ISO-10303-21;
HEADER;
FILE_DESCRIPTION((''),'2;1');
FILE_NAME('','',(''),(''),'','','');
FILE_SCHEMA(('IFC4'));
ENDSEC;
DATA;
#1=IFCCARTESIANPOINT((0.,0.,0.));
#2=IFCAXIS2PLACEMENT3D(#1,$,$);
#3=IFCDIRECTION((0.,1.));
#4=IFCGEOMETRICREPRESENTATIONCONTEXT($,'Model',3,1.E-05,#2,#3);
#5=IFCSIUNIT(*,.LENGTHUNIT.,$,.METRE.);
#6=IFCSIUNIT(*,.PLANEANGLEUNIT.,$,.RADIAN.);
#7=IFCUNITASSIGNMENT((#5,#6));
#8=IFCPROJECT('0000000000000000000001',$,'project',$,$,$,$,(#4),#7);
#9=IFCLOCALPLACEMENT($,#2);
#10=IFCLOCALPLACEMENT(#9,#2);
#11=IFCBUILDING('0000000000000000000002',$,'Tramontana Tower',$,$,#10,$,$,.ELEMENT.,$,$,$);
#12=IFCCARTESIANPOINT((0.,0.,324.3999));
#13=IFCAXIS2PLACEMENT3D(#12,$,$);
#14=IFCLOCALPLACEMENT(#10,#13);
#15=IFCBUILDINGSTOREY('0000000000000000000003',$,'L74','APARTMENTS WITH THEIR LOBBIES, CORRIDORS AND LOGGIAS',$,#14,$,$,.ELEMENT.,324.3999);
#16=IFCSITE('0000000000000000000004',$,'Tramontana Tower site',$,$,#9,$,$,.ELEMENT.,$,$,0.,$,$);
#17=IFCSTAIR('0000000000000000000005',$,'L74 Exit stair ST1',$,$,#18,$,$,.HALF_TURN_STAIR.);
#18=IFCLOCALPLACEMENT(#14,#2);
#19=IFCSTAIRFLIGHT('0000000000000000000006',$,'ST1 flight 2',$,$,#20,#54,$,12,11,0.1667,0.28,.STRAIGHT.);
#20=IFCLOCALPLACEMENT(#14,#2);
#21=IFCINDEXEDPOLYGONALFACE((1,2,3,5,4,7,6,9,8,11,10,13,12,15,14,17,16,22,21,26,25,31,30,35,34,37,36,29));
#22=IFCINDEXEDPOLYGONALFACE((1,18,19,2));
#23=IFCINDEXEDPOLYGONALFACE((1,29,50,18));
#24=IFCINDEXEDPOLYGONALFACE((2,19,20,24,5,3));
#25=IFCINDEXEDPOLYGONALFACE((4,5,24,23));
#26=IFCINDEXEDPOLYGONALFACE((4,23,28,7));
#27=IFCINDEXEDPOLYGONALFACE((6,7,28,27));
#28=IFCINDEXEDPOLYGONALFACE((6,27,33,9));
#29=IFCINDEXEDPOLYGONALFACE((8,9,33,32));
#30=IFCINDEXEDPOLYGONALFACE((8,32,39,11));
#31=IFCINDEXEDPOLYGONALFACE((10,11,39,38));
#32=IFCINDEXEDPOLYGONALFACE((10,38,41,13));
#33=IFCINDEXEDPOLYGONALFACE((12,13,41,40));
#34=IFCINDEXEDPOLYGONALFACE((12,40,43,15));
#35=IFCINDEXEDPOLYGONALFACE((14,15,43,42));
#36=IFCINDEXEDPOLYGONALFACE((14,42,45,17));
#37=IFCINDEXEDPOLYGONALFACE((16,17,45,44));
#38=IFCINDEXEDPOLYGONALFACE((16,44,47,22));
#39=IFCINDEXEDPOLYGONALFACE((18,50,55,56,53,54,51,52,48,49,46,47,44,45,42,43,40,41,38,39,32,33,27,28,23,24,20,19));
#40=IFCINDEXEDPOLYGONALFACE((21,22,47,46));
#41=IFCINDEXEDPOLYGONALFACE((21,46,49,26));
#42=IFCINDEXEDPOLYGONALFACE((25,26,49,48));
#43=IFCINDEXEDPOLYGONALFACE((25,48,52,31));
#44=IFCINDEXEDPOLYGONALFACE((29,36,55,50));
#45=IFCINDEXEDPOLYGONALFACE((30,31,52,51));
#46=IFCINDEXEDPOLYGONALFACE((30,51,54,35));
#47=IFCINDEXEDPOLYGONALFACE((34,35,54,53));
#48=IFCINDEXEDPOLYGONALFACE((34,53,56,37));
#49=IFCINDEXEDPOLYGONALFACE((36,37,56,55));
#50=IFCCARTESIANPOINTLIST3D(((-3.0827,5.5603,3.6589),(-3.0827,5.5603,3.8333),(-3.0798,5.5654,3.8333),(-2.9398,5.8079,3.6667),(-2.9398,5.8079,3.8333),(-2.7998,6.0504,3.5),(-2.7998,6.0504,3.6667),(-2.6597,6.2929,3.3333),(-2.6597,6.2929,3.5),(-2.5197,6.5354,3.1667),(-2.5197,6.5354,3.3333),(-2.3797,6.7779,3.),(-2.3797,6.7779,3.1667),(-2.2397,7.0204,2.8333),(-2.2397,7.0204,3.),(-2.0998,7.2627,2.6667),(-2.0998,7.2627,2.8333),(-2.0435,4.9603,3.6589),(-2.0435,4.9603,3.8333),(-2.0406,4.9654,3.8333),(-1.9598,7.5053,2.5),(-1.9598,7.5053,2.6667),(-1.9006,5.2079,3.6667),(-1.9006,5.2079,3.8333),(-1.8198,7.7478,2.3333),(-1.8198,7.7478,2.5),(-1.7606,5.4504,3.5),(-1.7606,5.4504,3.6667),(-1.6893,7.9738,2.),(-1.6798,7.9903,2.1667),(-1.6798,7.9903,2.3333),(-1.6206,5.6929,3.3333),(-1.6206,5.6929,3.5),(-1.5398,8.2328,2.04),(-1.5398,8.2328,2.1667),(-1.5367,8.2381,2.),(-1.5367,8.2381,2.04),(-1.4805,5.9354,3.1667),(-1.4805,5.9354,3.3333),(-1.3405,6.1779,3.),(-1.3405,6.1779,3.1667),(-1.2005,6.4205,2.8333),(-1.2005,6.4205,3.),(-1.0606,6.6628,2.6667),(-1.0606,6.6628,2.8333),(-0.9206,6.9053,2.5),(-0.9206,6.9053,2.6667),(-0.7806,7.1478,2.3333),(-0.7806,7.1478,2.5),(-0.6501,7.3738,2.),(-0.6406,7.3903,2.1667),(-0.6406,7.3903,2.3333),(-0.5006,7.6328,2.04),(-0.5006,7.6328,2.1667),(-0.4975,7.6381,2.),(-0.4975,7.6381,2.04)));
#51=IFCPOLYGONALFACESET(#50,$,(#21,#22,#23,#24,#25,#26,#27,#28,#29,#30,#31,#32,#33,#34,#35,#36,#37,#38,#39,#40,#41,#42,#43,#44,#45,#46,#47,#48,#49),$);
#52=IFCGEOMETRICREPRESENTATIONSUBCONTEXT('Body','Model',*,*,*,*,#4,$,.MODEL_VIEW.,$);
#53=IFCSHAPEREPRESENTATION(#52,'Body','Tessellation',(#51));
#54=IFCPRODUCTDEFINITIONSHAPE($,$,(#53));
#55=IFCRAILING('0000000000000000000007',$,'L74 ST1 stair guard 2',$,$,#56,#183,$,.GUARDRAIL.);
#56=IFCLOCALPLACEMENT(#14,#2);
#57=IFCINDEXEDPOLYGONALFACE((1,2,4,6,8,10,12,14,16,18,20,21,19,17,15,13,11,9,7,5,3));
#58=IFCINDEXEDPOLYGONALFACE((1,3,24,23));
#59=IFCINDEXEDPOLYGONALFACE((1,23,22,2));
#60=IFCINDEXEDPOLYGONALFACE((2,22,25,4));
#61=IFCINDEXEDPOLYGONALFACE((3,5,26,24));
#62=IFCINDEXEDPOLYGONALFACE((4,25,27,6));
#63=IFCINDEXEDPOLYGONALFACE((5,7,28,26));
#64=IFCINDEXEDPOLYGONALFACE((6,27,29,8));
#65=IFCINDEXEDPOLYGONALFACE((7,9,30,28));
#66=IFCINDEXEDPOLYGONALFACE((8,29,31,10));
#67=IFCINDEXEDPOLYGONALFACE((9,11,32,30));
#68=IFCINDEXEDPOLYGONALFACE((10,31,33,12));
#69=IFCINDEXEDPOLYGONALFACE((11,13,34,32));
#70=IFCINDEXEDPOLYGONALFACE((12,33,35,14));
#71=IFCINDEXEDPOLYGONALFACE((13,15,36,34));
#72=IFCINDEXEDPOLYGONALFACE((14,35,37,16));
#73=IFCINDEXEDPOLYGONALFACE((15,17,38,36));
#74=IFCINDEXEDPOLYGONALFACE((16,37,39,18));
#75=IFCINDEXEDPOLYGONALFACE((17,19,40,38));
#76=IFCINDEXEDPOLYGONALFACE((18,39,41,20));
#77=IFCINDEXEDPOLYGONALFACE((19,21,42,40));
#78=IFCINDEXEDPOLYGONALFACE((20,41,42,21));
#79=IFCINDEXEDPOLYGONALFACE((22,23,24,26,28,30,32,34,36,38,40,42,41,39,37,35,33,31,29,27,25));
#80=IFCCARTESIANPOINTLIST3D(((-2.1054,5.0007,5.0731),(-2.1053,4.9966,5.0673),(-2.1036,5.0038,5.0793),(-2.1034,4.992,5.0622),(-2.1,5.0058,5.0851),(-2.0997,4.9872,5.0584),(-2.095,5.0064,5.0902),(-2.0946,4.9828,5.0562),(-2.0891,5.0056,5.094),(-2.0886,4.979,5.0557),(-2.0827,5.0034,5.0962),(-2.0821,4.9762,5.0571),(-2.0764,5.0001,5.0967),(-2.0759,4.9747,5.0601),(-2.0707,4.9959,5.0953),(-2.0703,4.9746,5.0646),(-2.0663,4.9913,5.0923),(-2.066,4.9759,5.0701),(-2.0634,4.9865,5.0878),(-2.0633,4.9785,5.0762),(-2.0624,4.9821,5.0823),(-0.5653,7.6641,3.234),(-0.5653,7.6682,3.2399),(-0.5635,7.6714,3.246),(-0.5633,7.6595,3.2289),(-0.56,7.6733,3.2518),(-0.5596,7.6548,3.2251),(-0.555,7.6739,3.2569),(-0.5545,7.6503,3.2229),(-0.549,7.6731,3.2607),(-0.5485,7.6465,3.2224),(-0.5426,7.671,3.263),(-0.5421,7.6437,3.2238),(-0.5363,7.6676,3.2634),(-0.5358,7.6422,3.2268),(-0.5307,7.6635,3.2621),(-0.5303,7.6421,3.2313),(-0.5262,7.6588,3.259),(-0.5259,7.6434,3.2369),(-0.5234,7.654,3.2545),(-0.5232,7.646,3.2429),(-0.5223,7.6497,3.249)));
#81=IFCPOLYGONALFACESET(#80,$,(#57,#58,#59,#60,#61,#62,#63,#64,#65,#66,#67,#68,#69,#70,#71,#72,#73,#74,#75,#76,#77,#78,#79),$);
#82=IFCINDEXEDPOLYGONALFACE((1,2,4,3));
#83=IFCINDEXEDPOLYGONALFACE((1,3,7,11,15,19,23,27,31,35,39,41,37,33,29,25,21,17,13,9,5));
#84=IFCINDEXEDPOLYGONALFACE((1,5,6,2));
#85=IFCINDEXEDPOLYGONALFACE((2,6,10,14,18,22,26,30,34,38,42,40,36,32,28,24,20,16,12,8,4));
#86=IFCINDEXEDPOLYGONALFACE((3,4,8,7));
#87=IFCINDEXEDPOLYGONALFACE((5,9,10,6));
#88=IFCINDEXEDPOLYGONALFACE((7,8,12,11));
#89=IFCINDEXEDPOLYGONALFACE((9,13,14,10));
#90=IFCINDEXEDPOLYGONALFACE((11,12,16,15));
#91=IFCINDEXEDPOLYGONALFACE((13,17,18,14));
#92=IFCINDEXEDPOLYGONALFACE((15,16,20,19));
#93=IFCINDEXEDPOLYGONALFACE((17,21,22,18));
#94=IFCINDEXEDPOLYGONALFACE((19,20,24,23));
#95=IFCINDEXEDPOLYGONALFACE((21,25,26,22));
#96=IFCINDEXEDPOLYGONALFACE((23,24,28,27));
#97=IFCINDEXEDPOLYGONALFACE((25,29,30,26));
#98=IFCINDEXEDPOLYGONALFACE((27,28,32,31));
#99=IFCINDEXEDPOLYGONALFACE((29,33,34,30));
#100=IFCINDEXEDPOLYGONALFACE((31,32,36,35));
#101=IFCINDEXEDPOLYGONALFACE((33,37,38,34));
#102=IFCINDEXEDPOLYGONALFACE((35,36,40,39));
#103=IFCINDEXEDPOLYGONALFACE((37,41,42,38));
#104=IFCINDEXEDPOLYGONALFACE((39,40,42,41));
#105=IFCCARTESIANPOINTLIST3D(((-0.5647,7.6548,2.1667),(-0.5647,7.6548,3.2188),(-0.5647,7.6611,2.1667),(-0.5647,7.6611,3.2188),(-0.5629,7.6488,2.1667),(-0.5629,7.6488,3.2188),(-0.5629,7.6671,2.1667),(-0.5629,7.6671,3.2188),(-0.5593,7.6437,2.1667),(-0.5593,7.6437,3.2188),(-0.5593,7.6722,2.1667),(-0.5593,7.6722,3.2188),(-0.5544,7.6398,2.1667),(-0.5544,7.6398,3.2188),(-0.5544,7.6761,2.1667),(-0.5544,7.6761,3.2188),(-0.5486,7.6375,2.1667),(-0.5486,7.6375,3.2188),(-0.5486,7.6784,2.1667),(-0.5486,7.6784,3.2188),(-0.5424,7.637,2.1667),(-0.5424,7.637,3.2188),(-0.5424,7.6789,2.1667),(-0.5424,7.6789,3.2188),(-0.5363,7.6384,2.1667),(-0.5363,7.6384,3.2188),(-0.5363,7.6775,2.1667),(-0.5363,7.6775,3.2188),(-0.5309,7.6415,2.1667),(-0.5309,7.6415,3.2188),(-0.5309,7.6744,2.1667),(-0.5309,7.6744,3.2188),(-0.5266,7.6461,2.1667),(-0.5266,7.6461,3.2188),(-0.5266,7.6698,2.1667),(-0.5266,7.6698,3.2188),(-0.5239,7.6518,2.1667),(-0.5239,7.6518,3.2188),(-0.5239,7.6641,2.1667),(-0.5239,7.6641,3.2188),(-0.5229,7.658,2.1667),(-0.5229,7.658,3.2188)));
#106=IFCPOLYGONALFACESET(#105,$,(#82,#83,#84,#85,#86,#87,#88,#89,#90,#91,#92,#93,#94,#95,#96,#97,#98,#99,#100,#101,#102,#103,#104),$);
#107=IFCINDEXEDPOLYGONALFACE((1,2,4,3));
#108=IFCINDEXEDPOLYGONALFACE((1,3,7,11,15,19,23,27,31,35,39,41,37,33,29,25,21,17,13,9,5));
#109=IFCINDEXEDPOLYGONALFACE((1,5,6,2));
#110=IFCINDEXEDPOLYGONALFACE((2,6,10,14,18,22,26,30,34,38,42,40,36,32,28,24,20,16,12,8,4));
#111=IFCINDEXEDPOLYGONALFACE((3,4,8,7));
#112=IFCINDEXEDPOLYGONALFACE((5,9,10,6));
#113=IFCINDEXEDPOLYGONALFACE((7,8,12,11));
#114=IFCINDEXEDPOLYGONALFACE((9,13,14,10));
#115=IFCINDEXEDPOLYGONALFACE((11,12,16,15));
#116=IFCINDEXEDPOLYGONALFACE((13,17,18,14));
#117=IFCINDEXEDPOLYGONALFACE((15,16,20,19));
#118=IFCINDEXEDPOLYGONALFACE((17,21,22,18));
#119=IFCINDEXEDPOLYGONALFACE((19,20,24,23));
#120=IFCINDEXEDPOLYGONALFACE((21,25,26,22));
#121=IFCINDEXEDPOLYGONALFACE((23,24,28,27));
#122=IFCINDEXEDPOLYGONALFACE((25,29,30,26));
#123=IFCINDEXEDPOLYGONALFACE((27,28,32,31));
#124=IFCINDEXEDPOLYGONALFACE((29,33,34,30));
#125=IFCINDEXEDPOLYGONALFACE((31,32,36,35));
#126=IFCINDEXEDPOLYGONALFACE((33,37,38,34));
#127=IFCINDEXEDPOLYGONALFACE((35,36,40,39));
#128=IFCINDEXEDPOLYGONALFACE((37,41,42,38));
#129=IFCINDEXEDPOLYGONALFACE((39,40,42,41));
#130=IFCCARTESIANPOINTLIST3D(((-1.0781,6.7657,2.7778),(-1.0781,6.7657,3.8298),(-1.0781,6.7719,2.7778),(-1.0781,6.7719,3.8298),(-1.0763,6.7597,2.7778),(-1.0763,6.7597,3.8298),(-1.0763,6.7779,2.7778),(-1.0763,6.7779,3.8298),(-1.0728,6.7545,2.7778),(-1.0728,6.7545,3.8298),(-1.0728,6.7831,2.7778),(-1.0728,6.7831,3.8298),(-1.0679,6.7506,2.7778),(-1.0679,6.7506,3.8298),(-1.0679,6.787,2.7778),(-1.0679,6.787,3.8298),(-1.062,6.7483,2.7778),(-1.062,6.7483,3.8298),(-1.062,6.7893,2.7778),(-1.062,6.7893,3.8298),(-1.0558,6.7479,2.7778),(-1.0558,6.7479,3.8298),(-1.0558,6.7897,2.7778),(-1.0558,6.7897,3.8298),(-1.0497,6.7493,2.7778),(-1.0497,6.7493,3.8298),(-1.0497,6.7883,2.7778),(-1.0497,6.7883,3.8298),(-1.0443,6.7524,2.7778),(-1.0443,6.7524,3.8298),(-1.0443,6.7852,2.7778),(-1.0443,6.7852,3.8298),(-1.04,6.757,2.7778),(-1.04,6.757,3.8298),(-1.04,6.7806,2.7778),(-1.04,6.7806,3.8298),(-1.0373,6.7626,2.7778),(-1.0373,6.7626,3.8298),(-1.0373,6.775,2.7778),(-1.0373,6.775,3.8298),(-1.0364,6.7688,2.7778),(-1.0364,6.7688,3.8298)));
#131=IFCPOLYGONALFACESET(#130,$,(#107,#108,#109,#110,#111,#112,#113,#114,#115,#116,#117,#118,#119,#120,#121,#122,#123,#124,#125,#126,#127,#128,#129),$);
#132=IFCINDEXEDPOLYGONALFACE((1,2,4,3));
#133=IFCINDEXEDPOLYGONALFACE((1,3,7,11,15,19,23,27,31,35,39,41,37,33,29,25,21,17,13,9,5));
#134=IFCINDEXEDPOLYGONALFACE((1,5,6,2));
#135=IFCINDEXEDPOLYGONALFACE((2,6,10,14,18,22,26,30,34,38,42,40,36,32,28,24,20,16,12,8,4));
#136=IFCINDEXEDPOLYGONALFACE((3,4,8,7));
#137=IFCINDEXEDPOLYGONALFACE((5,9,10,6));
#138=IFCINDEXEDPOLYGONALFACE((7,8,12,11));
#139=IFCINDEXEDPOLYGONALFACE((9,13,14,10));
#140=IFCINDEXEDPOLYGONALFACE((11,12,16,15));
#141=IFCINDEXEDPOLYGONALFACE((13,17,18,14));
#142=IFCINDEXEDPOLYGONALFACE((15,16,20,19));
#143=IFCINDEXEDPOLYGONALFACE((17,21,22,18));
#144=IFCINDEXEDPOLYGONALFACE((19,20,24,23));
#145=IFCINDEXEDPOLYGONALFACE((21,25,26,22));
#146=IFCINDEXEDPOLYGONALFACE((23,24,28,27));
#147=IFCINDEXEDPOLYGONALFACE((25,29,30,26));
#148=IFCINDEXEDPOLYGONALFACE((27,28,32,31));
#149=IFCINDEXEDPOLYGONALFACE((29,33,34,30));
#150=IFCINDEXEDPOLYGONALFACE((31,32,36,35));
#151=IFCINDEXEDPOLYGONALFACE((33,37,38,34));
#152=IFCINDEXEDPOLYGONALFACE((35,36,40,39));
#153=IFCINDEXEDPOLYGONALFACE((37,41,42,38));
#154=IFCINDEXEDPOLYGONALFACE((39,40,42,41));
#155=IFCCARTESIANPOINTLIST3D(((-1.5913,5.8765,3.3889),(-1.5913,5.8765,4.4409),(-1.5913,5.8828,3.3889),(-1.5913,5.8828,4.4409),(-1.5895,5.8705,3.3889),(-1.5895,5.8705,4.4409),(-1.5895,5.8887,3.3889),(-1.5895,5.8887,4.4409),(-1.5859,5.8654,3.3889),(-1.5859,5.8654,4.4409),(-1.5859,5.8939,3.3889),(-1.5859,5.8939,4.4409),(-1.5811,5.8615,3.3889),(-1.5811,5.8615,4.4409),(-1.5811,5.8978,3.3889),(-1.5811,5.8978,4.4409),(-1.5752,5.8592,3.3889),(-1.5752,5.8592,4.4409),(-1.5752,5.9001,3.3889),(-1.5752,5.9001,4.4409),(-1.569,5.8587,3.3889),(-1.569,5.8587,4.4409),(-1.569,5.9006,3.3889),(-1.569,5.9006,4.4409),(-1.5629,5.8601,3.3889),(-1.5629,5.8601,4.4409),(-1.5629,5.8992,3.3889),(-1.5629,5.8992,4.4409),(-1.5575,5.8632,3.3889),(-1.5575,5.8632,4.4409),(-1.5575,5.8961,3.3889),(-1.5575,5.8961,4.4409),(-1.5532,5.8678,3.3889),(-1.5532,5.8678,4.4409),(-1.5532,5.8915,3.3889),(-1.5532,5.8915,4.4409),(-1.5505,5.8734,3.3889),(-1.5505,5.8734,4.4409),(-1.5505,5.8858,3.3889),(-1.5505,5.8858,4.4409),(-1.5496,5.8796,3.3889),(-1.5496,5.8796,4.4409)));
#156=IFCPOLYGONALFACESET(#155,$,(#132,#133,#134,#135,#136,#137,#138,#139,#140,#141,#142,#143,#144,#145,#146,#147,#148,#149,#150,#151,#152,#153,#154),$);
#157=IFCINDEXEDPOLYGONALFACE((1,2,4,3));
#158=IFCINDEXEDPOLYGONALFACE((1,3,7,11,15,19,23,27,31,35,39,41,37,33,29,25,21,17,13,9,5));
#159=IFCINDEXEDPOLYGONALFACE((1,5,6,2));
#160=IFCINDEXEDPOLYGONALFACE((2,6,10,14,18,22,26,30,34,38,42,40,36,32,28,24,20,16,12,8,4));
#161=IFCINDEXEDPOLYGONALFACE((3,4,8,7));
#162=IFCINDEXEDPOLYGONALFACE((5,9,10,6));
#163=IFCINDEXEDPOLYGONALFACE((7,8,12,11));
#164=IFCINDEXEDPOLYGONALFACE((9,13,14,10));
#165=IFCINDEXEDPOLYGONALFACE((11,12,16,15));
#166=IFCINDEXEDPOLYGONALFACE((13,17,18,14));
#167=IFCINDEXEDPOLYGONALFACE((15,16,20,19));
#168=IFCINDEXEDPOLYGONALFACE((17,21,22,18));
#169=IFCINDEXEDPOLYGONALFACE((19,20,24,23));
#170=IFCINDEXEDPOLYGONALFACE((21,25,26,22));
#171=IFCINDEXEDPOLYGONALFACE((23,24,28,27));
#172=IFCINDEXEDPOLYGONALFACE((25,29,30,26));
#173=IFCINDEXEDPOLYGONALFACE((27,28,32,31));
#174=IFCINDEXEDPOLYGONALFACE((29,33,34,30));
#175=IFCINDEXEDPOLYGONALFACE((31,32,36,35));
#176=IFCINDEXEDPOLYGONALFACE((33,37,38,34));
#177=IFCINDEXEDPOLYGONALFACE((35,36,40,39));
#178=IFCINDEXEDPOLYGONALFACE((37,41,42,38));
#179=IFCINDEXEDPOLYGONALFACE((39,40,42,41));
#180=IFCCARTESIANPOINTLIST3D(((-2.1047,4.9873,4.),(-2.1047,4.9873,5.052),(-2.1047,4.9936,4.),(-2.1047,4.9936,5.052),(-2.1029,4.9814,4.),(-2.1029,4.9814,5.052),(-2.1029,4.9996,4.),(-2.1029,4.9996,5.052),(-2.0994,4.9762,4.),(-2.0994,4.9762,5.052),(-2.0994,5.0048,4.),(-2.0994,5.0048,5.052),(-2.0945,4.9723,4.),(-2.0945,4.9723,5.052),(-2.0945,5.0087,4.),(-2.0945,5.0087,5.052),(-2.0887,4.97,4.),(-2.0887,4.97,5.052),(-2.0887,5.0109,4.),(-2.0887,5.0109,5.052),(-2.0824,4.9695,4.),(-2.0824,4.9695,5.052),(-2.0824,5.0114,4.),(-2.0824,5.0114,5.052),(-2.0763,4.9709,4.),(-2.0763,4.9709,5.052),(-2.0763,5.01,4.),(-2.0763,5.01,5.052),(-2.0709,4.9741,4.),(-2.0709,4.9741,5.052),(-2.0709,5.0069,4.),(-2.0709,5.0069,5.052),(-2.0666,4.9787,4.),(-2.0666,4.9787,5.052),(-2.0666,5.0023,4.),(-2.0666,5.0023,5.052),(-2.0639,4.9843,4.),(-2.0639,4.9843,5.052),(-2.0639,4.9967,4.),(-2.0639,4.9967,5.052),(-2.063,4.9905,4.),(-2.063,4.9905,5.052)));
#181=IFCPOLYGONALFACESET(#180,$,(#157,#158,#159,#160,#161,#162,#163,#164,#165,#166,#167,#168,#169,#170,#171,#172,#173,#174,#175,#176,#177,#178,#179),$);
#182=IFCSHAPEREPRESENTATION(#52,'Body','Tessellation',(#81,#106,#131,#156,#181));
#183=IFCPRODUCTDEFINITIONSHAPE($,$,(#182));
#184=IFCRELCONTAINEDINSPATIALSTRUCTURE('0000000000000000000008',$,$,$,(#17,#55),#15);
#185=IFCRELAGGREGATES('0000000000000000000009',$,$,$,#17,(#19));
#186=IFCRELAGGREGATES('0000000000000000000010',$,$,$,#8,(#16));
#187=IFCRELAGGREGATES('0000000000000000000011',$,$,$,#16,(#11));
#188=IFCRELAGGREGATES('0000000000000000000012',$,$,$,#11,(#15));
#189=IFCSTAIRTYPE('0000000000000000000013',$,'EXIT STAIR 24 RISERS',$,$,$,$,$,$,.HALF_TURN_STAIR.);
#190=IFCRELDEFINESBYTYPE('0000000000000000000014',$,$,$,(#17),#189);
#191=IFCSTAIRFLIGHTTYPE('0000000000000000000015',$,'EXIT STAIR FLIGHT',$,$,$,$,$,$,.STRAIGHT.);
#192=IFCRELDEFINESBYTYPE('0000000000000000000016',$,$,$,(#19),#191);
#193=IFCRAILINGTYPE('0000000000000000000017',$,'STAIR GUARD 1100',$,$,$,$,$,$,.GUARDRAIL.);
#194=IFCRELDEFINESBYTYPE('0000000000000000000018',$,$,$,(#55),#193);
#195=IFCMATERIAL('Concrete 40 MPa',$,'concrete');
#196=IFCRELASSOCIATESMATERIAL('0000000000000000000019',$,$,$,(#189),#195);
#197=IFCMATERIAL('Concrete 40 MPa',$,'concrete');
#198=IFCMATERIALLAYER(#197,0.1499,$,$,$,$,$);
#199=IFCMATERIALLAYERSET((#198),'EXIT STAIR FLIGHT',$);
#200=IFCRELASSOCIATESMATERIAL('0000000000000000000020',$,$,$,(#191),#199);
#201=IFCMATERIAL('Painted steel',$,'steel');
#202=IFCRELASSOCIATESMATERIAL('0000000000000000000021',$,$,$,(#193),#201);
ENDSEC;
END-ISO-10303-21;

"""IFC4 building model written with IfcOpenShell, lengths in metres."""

from ifc_helpers import new_model, si_unit, direction, frame, origin, origin_2d, place, context, subcontext, project, spatial, polyline, circle, outline, extrude, material, layer, layer_set, type_object, element, aggregate, save


model = new_model("IFC4")

# Units and contexts
model_context = context("Model", 3, precision=1e-05, world=origin(), true_north=direction((0.0, 1.0)))
body_context = subcontext(model_context, "Body", "Model", "MODEL_VIEW")
ifc_project = project(units=[si_unit("LENGTHUNIT", "METRE"), si_unit("PLANEANGLEUNIT", "RADIAN")], contexts=[model_context])

# Site, building, storey
site_placement = place(None, origin())
site = spatial("IfcSite", under=ifc_project, at=site_placement, Name="Tramontana Tower site", CompositionType="ELEMENT", RefElevation=0.0)
building_placement = place(site_placement, origin())
building = spatial("IfcBuilding", under=site, at=building_placement, Name="Tramontana Tower", CompositionType="ELEMENT")
storey_placement = place(building_placement, frame((0.0, 0.0, 324.3999)))
storey = spatial("IfcBuildingStorey", under=building, at=storey_placement, Name="L74", Description="APARTMENTS WITH THEIR LOBBIES, CORRIDORS AND LOGGIAS", CompositionType="ELEMENT", Elevation=324.3999)

# Stair, stair flight
ifc_material_1 = material(Name="Concrete 40 MPa", Category="concrete")
stair_type = type_object("IfcStairType", Name="EXIT STAIR 24 RISERS", PredefinedType="HALF_TURN_STAIR", material=ifc_material_1)
stair_placement = place(storey_placement, origin())
stair = element("IfcStair", 1, at=stair_placement, inside=storey, type_object=stair_type, Name="L74 Exit stair ST1", PredefinedType="HALF_TURN_STAIR")
ifc_material_2 = material(Name="Concrete 40 MPa", Category="concrete")
ifc_layer_1 = layer(ifc_material_2, 0.1499)
ifc_layer_set_1 = layer_set([ifc_layer_1], Name="EXIT STAIR FLIGHT")
stair_flight_type = type_object("IfcStairFlightType", Name="EXIT STAIR FLIGHT", PredefinedType="STRAIGHT", material=ifc_layer_set_1)
stair_flight_placement = place(storey_placement, frame((-1.0203, 7.9329, 2.0), z_axis=(0.0, 0.0, 1.0), x_axis=(-0.5, -0.866025, 0.0)))
stair_flight = element("IfcStairFlight", 2, at=stair_flight_placement, type_object=stair_flight_type, Name="ST1 flight 2", NumberOfRisers=12, NumberOfTreads=11, PredefinedType="STRAIGHT", RiserHeight=0.1667, TreadLength=0.28, context=body_context, shape_type="SweptSolid", body=[
    extrude(outline(polyline([(-0.0061, 0.0), (-0.0061, 0.04), (0.0, 0.04), (0.0, 0.1667), (0.28, 0.1667), (0.28, 0.3333), (0.5601, 0.3333), (0.5601, 0.5), (0.8401, 0.5), (0.8401, 0.6667), (1.1201, 0.6667), (1.1201, 0.8333), (1.3999, 0.8333), (1.3999, 1.0), (1.6799, 1.0), (1.6799, 1.1667), (1.96, 1.1667), (1.96, 1.3333), (2.24, 1.3333), (2.24, 1.5), (2.52, 1.5), (2.52, 1.6667), (2.8, 1.6667), (2.8, 1.8333), (3.0801, 1.8333), (3.0859, 1.8333), (3.0859, 1.6589), (0.2991, 0.0), (-0.0061, 0.0)])), frame((0.0, 0.6001, 0.0), z_axis=(0.0, -1.0, 0.0), x_axis=(1.0, 0.0, 0.0)), (0.0, 0.0, 1.0), 1.2),
])
aggregate(stair, [stair_flight])

# Railing
ifc_material_3 = material(Name="Painted steel", Category="steel")
railing_type_1 = type_object("IfcRailingType", Name="STAIR GUARD 1100", PredefinedType="GUARDRAIL", material=ifc_material_3)
railing_1_placement = place(storey_placement, frame((-0.5439, 7.658, 2.1667)))
element("IfcRailing", 3, at=railing_1_placement, inside=storey, type_object=railing_type_1, Name="L74 ST1 stair guard 2", PredefinedType="GUARDRAIL", context=body_context, shape_type="SweptSolid", body=[
    extrude(circle(Radius=0.0239, at=origin_2d()), frame((0.0, 0.0, 1.0762), z_axis=(-0.429649, -0.74419, 0.511452), x_axis=(0.86603, -0.499992, 0.0)), (0.0, 0.0, 1.0), 3.5845),
    extrude(circle(Radius=0.021, at=origin_2d()), origin(), (0.0, 0.0, 1.0), 1.052),
    extrude(circle(Radius=0.021, at=origin_2d()), frame((-0.5134, -0.8892, 0.6111)), (0.0, 0.0, 1.0), 1.052),
    extrude(circle(Radius=0.021, at=origin_2d()), frame((-1.0266, -1.7783, 1.2222)), (0.0, 0.0, 1.0), 1.052),
    extrude(circle(Radius=0.021, at=origin_2d()), frame((-1.54, -2.6675, 1.8333)), (0.0, 0.0, 1.0), 1.052),
])

save(model, "model.ifc")
